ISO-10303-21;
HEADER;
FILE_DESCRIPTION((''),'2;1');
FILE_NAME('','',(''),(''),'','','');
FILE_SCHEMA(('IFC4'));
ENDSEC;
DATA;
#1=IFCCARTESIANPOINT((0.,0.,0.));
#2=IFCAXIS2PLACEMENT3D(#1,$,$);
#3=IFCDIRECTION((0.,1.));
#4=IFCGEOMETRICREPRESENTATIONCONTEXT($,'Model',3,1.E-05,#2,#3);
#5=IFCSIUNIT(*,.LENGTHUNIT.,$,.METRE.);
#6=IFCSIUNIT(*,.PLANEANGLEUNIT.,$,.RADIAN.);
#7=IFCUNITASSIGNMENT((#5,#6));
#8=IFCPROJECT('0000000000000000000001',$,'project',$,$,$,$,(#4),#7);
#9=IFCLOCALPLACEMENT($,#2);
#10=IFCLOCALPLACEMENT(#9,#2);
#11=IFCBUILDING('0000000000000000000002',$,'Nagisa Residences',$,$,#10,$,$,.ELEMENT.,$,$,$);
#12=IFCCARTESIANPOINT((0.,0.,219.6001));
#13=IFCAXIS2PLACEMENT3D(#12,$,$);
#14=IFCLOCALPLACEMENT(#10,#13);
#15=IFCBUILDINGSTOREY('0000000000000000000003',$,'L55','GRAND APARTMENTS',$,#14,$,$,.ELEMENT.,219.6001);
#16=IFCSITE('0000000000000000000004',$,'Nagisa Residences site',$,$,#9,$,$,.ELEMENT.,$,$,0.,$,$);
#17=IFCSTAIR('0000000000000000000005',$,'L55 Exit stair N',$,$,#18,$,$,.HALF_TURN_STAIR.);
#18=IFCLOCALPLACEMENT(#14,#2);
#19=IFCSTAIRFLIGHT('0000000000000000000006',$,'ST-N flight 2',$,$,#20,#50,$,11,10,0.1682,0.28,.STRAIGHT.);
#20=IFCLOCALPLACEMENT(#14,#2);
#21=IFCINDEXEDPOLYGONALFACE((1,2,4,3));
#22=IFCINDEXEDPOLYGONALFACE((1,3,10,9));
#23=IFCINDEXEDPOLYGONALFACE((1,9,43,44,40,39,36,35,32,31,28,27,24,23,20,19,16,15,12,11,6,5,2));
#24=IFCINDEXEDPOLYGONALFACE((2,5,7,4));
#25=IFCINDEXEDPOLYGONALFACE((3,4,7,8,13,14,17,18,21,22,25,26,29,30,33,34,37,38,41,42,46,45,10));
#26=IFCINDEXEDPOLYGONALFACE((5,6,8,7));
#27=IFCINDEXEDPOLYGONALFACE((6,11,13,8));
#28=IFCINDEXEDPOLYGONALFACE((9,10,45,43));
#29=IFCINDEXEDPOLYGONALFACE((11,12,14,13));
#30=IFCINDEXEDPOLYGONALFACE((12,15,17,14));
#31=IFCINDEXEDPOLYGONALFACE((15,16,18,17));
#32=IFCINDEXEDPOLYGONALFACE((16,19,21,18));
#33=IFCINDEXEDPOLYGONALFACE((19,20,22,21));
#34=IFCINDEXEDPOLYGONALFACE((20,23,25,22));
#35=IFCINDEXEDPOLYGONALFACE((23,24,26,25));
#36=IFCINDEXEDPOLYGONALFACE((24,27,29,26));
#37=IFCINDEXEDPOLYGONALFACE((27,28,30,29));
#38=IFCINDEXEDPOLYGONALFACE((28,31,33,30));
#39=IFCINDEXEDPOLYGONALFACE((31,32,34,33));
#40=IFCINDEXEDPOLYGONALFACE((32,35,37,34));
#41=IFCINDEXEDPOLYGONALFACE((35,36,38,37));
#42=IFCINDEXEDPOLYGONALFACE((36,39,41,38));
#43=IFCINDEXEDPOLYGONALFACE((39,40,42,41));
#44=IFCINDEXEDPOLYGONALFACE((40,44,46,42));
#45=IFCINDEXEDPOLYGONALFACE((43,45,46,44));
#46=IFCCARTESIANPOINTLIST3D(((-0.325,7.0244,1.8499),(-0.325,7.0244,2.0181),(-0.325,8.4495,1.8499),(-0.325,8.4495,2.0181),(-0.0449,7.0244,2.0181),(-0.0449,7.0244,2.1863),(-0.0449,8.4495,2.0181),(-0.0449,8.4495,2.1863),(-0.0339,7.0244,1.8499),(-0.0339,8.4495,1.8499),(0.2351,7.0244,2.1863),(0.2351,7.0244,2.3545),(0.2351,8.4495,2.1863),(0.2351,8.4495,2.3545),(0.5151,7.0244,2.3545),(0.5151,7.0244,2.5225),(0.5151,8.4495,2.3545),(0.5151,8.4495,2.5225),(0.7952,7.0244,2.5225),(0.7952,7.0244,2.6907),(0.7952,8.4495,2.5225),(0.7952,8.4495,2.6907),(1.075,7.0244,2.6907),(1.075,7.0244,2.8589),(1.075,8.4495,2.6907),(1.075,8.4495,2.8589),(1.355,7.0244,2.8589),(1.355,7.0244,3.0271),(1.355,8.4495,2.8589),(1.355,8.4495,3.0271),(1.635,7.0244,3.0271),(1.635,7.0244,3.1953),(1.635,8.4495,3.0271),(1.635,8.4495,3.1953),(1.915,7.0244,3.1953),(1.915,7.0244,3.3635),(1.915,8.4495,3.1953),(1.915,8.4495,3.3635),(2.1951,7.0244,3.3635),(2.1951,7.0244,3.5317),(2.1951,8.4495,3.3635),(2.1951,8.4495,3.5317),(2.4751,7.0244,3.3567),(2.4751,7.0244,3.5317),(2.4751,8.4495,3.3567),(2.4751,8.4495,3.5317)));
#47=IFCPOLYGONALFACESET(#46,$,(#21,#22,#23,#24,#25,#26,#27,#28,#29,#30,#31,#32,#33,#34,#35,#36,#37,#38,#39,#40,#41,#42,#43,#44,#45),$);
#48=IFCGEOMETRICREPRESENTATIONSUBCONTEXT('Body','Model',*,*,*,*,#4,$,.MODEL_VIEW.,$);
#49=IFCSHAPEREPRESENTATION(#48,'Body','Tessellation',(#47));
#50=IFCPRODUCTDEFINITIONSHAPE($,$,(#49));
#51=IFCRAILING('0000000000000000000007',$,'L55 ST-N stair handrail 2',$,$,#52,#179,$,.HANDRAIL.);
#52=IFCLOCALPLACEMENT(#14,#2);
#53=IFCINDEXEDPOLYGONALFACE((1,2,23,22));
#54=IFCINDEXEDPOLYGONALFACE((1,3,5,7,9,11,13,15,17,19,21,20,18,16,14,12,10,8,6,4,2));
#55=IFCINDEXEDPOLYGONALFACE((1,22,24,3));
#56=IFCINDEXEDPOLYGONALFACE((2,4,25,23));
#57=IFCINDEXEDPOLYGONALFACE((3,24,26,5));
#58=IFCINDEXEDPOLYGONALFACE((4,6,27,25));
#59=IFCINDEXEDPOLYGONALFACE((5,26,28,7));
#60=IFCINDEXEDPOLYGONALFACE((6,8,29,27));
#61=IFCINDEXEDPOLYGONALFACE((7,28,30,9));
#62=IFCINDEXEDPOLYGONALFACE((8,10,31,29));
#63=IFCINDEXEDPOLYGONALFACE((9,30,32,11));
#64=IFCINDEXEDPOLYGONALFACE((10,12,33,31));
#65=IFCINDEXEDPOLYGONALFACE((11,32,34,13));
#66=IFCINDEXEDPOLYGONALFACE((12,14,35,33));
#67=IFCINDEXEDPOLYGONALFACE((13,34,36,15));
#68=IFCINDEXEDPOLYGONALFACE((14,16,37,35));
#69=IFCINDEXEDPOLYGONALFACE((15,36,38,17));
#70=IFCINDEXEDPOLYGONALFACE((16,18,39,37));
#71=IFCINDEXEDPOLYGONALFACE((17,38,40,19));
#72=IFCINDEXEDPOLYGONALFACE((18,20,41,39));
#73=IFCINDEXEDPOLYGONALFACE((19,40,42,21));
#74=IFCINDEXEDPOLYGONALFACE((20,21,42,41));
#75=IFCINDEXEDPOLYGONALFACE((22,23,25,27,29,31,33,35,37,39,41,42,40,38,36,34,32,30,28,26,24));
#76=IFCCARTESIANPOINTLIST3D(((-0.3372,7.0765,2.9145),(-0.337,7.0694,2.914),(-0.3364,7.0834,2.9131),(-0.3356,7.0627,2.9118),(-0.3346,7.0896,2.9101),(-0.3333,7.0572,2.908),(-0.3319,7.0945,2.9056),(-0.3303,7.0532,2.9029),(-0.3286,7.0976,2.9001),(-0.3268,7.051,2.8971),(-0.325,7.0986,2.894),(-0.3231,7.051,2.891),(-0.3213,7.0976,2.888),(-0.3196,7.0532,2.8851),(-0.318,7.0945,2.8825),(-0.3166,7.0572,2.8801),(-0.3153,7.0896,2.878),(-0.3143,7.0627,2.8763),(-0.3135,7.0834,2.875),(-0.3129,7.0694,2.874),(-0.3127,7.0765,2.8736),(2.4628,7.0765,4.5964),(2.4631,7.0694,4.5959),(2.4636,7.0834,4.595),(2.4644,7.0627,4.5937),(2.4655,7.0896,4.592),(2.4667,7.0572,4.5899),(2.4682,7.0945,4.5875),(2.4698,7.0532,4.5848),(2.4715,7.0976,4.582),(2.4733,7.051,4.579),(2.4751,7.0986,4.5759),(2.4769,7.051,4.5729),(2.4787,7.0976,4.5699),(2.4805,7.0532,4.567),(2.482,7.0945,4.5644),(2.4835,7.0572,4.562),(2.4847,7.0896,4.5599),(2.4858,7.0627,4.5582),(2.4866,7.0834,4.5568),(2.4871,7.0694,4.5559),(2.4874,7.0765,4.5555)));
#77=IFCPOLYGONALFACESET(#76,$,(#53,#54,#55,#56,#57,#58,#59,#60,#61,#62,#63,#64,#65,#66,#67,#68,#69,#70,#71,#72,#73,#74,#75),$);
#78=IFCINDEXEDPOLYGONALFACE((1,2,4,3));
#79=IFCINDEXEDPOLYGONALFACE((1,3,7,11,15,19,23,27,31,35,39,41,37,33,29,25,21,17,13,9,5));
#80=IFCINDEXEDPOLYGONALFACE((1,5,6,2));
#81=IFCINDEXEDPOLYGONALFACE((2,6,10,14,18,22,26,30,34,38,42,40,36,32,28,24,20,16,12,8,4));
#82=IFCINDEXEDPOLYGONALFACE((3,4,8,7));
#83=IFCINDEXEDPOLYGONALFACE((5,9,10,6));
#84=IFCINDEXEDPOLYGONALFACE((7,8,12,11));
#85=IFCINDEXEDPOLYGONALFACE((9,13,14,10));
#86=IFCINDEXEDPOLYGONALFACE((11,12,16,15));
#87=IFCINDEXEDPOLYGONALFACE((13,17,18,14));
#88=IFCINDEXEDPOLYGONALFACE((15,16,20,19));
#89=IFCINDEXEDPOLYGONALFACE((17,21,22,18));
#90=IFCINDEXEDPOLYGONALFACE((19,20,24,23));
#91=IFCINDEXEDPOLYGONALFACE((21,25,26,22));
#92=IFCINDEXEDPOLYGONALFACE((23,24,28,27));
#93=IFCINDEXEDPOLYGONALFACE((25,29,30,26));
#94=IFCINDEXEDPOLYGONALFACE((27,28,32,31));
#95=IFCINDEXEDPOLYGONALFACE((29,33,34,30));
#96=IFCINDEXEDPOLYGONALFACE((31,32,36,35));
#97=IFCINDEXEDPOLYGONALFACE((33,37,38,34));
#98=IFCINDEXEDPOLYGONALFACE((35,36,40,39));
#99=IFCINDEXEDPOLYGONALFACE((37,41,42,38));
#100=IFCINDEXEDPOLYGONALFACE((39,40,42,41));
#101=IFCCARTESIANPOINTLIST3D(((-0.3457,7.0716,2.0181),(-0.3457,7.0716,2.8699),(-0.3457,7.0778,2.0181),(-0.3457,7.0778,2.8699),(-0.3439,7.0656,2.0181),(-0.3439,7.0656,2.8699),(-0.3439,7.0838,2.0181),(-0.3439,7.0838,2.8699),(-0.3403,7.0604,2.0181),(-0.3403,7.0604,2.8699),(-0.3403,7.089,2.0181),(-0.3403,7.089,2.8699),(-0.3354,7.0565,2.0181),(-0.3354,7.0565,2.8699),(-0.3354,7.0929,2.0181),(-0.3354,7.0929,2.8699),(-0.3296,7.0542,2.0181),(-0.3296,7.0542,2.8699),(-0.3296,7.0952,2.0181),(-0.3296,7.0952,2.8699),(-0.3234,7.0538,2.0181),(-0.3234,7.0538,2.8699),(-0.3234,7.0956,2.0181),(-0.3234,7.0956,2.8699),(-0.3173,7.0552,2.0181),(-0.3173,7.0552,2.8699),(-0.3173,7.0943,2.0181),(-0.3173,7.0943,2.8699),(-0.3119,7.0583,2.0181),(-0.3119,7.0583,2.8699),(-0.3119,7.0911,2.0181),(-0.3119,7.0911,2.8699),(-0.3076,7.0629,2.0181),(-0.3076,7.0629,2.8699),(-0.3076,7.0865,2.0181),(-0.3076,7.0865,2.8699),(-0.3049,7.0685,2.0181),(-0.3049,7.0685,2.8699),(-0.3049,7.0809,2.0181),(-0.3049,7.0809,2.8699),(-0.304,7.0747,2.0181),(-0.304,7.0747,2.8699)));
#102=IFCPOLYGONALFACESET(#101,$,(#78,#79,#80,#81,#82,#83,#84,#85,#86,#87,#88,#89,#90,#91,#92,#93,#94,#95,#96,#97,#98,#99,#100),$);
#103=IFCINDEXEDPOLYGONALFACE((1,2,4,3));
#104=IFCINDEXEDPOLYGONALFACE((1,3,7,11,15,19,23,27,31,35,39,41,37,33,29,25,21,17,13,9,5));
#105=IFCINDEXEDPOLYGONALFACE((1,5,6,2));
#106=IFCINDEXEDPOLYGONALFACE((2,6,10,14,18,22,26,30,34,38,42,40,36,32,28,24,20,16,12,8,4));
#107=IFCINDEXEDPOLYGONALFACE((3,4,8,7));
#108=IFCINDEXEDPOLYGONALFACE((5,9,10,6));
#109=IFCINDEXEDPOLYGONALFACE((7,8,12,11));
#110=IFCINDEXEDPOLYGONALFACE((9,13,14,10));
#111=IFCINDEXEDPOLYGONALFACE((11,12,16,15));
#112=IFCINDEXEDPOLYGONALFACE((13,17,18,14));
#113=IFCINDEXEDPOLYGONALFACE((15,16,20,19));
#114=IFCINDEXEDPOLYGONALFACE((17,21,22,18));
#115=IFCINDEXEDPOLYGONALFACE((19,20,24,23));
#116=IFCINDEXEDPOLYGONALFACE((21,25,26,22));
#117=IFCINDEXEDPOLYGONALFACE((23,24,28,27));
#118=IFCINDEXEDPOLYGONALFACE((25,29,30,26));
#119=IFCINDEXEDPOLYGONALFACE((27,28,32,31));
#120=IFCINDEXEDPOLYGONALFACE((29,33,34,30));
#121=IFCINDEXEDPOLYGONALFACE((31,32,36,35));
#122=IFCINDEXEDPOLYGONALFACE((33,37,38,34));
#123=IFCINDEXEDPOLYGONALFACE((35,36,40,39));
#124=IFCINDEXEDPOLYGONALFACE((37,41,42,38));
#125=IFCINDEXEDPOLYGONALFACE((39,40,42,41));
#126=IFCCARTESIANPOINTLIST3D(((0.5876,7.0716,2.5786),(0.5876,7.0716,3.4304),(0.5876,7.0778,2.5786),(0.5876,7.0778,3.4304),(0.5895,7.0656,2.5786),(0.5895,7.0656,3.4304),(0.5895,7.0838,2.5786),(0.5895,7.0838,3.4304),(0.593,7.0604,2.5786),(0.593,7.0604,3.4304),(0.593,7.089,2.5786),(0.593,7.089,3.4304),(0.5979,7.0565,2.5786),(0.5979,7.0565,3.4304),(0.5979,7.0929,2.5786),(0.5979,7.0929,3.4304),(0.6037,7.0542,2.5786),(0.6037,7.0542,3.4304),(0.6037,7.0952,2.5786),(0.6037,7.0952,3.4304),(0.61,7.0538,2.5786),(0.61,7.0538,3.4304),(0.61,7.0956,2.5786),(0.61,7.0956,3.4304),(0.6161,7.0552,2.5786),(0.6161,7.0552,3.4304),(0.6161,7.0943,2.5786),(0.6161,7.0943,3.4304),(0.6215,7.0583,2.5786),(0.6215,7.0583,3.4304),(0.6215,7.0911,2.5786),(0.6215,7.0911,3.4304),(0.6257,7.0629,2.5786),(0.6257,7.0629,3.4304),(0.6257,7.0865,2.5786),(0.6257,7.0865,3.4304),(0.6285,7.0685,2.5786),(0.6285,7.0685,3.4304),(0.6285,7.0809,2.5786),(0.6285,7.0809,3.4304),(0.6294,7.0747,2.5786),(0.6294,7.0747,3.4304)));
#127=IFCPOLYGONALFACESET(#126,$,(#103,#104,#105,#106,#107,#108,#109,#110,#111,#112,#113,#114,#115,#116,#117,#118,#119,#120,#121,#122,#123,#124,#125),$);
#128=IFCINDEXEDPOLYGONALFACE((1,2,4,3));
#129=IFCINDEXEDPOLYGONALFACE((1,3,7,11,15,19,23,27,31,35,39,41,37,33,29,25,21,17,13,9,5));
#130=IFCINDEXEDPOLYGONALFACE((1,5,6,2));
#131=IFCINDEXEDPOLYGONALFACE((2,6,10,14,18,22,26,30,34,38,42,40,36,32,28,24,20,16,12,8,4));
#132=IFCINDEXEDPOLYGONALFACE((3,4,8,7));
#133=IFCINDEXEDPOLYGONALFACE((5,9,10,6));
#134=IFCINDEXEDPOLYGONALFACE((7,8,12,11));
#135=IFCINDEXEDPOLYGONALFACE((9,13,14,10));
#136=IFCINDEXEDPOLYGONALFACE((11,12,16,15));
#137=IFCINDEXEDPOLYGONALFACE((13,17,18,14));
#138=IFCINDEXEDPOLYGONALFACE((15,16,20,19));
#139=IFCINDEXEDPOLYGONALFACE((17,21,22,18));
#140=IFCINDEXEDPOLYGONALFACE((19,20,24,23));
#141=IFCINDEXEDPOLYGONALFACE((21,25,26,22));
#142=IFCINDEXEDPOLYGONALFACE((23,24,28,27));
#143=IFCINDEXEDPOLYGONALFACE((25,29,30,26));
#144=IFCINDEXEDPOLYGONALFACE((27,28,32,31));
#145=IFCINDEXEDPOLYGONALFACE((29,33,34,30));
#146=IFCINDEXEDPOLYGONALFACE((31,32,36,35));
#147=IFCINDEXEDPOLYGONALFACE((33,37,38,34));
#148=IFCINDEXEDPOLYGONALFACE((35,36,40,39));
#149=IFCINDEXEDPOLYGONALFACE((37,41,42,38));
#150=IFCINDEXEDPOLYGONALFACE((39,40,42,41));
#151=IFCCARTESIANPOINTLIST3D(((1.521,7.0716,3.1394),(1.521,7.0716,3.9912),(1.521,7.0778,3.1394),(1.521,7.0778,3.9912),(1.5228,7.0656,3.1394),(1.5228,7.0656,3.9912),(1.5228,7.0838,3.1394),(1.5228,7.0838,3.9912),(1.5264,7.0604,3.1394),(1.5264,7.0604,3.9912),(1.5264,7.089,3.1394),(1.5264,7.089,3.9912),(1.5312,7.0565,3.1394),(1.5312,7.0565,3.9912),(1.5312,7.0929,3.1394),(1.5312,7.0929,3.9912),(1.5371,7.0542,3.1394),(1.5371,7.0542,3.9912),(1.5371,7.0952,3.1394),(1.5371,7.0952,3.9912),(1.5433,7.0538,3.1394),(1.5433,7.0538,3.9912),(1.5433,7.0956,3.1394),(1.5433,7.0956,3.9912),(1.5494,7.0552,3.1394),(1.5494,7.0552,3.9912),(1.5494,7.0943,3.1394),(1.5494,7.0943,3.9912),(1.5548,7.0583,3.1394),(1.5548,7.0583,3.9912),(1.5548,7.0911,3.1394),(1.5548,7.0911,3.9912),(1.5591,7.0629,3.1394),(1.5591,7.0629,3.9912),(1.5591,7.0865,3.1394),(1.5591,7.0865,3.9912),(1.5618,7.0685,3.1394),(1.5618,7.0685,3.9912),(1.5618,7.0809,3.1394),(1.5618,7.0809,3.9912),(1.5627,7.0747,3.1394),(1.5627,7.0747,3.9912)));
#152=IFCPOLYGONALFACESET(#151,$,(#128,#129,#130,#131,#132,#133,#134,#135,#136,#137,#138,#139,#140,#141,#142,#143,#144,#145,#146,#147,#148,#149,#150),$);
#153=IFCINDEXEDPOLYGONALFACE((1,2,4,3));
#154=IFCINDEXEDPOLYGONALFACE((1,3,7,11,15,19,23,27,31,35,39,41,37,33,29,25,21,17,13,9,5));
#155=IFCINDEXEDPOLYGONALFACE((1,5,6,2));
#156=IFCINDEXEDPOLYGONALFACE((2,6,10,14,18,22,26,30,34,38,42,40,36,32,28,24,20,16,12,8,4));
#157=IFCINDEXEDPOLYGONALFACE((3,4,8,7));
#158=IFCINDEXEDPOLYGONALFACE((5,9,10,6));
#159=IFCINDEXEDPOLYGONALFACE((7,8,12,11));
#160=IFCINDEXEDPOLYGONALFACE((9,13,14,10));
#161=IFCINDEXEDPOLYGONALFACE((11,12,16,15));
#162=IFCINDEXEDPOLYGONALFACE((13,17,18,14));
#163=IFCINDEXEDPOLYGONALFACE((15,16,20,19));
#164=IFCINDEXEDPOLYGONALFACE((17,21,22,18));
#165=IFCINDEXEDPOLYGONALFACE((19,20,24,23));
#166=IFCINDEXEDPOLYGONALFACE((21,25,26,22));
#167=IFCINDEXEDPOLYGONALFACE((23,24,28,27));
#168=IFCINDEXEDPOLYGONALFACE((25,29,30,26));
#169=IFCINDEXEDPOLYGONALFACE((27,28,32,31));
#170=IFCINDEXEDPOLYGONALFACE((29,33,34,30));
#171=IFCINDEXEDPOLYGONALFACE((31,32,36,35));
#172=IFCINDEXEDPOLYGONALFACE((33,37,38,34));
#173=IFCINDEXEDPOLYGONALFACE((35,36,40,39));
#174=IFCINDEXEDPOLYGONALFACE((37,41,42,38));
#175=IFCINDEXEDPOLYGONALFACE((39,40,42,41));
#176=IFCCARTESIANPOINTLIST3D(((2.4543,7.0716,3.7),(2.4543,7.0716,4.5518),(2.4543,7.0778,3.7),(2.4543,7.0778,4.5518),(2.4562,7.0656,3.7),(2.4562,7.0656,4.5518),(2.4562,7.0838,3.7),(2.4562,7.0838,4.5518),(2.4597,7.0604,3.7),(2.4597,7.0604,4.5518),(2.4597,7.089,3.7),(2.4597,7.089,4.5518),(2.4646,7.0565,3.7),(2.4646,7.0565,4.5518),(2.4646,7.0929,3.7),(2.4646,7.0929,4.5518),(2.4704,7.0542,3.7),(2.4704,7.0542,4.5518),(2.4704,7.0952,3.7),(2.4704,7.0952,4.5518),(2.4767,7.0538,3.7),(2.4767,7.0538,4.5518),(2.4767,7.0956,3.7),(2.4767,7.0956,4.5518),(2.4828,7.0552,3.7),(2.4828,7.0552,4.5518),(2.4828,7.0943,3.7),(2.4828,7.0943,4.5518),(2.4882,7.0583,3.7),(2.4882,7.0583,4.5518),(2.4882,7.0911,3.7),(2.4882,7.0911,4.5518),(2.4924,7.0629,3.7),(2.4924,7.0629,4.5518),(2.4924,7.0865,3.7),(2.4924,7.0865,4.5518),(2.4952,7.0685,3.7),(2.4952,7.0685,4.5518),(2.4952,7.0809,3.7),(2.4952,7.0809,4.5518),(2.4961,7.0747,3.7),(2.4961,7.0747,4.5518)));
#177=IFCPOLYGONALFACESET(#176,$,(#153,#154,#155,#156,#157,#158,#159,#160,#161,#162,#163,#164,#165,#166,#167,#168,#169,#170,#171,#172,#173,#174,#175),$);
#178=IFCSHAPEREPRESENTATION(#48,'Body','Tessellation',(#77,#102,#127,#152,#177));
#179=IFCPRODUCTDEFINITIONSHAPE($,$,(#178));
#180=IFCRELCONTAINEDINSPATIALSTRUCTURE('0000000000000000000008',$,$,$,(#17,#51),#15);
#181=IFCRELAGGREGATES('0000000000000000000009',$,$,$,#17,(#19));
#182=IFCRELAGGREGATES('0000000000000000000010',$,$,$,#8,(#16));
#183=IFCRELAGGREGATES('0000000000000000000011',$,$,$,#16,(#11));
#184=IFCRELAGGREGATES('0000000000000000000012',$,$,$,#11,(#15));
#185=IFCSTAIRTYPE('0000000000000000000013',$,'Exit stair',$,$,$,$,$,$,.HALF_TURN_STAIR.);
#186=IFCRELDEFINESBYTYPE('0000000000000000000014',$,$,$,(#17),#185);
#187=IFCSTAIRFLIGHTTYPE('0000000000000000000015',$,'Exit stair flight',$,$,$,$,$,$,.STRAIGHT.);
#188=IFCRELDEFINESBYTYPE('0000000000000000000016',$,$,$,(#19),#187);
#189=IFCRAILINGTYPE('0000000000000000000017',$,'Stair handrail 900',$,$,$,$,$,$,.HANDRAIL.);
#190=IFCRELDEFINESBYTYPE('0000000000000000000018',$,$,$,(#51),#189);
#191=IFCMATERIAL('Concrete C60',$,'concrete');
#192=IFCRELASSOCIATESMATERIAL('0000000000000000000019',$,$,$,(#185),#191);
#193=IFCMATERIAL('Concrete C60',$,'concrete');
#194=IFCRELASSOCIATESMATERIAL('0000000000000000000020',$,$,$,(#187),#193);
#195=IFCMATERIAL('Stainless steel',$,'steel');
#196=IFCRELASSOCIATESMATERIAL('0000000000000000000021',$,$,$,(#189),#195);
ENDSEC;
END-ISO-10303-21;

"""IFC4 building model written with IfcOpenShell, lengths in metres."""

from ifc_helpers import new_model, si_unit, direction, frame, origin, origin_2d, place, context, subcontext, project, spatial, polyline, circle, outline, extrude, material, type_object, element, aggregate, save


model = new_model("IFC4")

# Units and contexts
model_context = context("Model", 3, precision=1e-05, world=origin(), true_north=direction((0.0, 1.0)))
body_context = subcontext(model_context, "Body", "Model", "MODEL_VIEW")
ifc_project = project(units=[si_unit("LENGTHUNIT", "METRE"), si_unit("PLANEANGLEUNIT", "RADIAN")], contexts=[model_context])

# Site, building, storey
site_placement = place(None, origin())
site = spatial("IfcSite", under=ifc_project, at=site_placement, Name="Nagisa Residences site", CompositionType="ELEMENT", RefElevation=0.0)
building_placement = place(site_placement, origin())
building = spatial("IfcBuilding", under=site, at=building_placement, Name="Nagisa Residences", CompositionType="ELEMENT")
storey_placement = place(building_placement, frame((0.0, 0.0, 219.6001)))
storey = spatial("IfcBuildingStorey", under=building, at=storey_placement, Name="L55", Description="GRAND APARTMENTS", CompositionType="ELEMENT", Elevation=219.6001)

# Stair, stair flight
ifc_material_1 = material(Name="Concrete C60", Category="concrete")
stair_type = type_object("IfcStairType", Name="Exit stair", PredefinedType="HALF_TURN_STAIR", material=ifc_material_1)
stair_placement = place(storey_placement, origin())
stair = element("IfcStair", 1, at=stair_placement, inside=storey, type_object=stair_type, Name="L55 Exit stair N", PredefinedType="HALF_TURN_STAIR")
ifc_material_2 = material(Name="Concrete C60", Category="concrete")
stair_flight_type = type_object("IfcStairFlightType", Name="Exit stair flight", PredefinedType="STRAIGHT", material=ifc_material_2)
stair_flight_placement = place(storey_placement, frame((-0.325, 7.7371, 1.8499), z_axis=(0.0, 0.0, 1.0), x_axis=(1.0, 0.0, 0.0)))
stair_flight = element("IfcStairFlight", 2, at=stair_flight_placement, type_object=stair_flight_type, Name="ST-N flight 2", NumberOfRisers=11, NumberOfTreads=10, PredefinedType="STRAIGHT", RiserHeight=0.1682, TreadLength=0.28, context=body_context, shape_type="SweptSolid", body=[
    extrude(outline(polyline([(0.0, 0.0), (0.0, 0.1682), (0.28, 0.1682), (0.28, 0.3364), (0.5601, 0.3364), (0.5601, 0.5046), (0.8401, 0.5046), (0.8401, 0.6726), (1.1201, 0.6726), (1.1201, 0.8408), (1.3999, 0.8408), (1.3999, 1.009), (1.6799, 1.009), (1.6799, 1.1772), (1.96, 1.1772), (1.96, 1.3455), (2.24, 1.3455), (2.24, 1.5137), (2.52, 1.5137), (2.52, 1.6819), (2.8, 1.6819), (2.8, 1.8501), (2.8, 1.5068), (0.291, 0.0), (0.0, 0.0)])), frame((0.0, 0.7124, 0.0), z_axis=(0.0, -1.0, 0.0), x_axis=(1.0, 0.0, 0.0)), (0.0, 0.0, 1.0), 1.425),
])
aggregate(stair, [stair_flight])

# Railing
ifc_material_3 = material(Name="Stainless steel", Category="steel")
railing_type = type_object("IfcRailingType", Name="Stair handrail 900", PredefinedType="HANDRAIL", material=ifc_material_3)
railing_placement = place(storey_placement, frame((-0.325, 7.0747, 2.0181)))
element("IfcRailing", 3, at=railing_placement, inside=storey, type_object=railing_type, Name="L55 ST-N stair handrail 2", PredefinedType="HANDRAIL", context=body_context, shape_type="SweptSolid", body=[
    extrude(circle(Radius=0.0239, at=origin_2d()), frame((0.0, 0.0, 0.876), z_axis=(0.857242, 0.0, 0.514913), x_axis=(0.0, 1.0, 0.0)), (0.0, 0.0, 1.0), 3.2664),
    extrude(circle(Radius=0.021, at=origin_2d()), origin(), (0.0, 0.0, 1.0), 0.8518),
    extrude(circle(Radius=0.021, at=origin_2d()), frame((0.9333, 0.0, 0.5605)), (0.0, 0.0, 1.0), 0.8518),
    extrude(circle(Radius=0.021, at=origin_2d()), frame((1.8667, 0.0, 1.1213)), (0.0, 0.0, 1.0), 0.8518),
    extrude(circle(Radius=0.021, at=origin_2d()), frame((2.8, 0.0, 1.6819)), (0.0, 0.0, 1.0), 0.8518),
])

save(model, "model.ifc")
